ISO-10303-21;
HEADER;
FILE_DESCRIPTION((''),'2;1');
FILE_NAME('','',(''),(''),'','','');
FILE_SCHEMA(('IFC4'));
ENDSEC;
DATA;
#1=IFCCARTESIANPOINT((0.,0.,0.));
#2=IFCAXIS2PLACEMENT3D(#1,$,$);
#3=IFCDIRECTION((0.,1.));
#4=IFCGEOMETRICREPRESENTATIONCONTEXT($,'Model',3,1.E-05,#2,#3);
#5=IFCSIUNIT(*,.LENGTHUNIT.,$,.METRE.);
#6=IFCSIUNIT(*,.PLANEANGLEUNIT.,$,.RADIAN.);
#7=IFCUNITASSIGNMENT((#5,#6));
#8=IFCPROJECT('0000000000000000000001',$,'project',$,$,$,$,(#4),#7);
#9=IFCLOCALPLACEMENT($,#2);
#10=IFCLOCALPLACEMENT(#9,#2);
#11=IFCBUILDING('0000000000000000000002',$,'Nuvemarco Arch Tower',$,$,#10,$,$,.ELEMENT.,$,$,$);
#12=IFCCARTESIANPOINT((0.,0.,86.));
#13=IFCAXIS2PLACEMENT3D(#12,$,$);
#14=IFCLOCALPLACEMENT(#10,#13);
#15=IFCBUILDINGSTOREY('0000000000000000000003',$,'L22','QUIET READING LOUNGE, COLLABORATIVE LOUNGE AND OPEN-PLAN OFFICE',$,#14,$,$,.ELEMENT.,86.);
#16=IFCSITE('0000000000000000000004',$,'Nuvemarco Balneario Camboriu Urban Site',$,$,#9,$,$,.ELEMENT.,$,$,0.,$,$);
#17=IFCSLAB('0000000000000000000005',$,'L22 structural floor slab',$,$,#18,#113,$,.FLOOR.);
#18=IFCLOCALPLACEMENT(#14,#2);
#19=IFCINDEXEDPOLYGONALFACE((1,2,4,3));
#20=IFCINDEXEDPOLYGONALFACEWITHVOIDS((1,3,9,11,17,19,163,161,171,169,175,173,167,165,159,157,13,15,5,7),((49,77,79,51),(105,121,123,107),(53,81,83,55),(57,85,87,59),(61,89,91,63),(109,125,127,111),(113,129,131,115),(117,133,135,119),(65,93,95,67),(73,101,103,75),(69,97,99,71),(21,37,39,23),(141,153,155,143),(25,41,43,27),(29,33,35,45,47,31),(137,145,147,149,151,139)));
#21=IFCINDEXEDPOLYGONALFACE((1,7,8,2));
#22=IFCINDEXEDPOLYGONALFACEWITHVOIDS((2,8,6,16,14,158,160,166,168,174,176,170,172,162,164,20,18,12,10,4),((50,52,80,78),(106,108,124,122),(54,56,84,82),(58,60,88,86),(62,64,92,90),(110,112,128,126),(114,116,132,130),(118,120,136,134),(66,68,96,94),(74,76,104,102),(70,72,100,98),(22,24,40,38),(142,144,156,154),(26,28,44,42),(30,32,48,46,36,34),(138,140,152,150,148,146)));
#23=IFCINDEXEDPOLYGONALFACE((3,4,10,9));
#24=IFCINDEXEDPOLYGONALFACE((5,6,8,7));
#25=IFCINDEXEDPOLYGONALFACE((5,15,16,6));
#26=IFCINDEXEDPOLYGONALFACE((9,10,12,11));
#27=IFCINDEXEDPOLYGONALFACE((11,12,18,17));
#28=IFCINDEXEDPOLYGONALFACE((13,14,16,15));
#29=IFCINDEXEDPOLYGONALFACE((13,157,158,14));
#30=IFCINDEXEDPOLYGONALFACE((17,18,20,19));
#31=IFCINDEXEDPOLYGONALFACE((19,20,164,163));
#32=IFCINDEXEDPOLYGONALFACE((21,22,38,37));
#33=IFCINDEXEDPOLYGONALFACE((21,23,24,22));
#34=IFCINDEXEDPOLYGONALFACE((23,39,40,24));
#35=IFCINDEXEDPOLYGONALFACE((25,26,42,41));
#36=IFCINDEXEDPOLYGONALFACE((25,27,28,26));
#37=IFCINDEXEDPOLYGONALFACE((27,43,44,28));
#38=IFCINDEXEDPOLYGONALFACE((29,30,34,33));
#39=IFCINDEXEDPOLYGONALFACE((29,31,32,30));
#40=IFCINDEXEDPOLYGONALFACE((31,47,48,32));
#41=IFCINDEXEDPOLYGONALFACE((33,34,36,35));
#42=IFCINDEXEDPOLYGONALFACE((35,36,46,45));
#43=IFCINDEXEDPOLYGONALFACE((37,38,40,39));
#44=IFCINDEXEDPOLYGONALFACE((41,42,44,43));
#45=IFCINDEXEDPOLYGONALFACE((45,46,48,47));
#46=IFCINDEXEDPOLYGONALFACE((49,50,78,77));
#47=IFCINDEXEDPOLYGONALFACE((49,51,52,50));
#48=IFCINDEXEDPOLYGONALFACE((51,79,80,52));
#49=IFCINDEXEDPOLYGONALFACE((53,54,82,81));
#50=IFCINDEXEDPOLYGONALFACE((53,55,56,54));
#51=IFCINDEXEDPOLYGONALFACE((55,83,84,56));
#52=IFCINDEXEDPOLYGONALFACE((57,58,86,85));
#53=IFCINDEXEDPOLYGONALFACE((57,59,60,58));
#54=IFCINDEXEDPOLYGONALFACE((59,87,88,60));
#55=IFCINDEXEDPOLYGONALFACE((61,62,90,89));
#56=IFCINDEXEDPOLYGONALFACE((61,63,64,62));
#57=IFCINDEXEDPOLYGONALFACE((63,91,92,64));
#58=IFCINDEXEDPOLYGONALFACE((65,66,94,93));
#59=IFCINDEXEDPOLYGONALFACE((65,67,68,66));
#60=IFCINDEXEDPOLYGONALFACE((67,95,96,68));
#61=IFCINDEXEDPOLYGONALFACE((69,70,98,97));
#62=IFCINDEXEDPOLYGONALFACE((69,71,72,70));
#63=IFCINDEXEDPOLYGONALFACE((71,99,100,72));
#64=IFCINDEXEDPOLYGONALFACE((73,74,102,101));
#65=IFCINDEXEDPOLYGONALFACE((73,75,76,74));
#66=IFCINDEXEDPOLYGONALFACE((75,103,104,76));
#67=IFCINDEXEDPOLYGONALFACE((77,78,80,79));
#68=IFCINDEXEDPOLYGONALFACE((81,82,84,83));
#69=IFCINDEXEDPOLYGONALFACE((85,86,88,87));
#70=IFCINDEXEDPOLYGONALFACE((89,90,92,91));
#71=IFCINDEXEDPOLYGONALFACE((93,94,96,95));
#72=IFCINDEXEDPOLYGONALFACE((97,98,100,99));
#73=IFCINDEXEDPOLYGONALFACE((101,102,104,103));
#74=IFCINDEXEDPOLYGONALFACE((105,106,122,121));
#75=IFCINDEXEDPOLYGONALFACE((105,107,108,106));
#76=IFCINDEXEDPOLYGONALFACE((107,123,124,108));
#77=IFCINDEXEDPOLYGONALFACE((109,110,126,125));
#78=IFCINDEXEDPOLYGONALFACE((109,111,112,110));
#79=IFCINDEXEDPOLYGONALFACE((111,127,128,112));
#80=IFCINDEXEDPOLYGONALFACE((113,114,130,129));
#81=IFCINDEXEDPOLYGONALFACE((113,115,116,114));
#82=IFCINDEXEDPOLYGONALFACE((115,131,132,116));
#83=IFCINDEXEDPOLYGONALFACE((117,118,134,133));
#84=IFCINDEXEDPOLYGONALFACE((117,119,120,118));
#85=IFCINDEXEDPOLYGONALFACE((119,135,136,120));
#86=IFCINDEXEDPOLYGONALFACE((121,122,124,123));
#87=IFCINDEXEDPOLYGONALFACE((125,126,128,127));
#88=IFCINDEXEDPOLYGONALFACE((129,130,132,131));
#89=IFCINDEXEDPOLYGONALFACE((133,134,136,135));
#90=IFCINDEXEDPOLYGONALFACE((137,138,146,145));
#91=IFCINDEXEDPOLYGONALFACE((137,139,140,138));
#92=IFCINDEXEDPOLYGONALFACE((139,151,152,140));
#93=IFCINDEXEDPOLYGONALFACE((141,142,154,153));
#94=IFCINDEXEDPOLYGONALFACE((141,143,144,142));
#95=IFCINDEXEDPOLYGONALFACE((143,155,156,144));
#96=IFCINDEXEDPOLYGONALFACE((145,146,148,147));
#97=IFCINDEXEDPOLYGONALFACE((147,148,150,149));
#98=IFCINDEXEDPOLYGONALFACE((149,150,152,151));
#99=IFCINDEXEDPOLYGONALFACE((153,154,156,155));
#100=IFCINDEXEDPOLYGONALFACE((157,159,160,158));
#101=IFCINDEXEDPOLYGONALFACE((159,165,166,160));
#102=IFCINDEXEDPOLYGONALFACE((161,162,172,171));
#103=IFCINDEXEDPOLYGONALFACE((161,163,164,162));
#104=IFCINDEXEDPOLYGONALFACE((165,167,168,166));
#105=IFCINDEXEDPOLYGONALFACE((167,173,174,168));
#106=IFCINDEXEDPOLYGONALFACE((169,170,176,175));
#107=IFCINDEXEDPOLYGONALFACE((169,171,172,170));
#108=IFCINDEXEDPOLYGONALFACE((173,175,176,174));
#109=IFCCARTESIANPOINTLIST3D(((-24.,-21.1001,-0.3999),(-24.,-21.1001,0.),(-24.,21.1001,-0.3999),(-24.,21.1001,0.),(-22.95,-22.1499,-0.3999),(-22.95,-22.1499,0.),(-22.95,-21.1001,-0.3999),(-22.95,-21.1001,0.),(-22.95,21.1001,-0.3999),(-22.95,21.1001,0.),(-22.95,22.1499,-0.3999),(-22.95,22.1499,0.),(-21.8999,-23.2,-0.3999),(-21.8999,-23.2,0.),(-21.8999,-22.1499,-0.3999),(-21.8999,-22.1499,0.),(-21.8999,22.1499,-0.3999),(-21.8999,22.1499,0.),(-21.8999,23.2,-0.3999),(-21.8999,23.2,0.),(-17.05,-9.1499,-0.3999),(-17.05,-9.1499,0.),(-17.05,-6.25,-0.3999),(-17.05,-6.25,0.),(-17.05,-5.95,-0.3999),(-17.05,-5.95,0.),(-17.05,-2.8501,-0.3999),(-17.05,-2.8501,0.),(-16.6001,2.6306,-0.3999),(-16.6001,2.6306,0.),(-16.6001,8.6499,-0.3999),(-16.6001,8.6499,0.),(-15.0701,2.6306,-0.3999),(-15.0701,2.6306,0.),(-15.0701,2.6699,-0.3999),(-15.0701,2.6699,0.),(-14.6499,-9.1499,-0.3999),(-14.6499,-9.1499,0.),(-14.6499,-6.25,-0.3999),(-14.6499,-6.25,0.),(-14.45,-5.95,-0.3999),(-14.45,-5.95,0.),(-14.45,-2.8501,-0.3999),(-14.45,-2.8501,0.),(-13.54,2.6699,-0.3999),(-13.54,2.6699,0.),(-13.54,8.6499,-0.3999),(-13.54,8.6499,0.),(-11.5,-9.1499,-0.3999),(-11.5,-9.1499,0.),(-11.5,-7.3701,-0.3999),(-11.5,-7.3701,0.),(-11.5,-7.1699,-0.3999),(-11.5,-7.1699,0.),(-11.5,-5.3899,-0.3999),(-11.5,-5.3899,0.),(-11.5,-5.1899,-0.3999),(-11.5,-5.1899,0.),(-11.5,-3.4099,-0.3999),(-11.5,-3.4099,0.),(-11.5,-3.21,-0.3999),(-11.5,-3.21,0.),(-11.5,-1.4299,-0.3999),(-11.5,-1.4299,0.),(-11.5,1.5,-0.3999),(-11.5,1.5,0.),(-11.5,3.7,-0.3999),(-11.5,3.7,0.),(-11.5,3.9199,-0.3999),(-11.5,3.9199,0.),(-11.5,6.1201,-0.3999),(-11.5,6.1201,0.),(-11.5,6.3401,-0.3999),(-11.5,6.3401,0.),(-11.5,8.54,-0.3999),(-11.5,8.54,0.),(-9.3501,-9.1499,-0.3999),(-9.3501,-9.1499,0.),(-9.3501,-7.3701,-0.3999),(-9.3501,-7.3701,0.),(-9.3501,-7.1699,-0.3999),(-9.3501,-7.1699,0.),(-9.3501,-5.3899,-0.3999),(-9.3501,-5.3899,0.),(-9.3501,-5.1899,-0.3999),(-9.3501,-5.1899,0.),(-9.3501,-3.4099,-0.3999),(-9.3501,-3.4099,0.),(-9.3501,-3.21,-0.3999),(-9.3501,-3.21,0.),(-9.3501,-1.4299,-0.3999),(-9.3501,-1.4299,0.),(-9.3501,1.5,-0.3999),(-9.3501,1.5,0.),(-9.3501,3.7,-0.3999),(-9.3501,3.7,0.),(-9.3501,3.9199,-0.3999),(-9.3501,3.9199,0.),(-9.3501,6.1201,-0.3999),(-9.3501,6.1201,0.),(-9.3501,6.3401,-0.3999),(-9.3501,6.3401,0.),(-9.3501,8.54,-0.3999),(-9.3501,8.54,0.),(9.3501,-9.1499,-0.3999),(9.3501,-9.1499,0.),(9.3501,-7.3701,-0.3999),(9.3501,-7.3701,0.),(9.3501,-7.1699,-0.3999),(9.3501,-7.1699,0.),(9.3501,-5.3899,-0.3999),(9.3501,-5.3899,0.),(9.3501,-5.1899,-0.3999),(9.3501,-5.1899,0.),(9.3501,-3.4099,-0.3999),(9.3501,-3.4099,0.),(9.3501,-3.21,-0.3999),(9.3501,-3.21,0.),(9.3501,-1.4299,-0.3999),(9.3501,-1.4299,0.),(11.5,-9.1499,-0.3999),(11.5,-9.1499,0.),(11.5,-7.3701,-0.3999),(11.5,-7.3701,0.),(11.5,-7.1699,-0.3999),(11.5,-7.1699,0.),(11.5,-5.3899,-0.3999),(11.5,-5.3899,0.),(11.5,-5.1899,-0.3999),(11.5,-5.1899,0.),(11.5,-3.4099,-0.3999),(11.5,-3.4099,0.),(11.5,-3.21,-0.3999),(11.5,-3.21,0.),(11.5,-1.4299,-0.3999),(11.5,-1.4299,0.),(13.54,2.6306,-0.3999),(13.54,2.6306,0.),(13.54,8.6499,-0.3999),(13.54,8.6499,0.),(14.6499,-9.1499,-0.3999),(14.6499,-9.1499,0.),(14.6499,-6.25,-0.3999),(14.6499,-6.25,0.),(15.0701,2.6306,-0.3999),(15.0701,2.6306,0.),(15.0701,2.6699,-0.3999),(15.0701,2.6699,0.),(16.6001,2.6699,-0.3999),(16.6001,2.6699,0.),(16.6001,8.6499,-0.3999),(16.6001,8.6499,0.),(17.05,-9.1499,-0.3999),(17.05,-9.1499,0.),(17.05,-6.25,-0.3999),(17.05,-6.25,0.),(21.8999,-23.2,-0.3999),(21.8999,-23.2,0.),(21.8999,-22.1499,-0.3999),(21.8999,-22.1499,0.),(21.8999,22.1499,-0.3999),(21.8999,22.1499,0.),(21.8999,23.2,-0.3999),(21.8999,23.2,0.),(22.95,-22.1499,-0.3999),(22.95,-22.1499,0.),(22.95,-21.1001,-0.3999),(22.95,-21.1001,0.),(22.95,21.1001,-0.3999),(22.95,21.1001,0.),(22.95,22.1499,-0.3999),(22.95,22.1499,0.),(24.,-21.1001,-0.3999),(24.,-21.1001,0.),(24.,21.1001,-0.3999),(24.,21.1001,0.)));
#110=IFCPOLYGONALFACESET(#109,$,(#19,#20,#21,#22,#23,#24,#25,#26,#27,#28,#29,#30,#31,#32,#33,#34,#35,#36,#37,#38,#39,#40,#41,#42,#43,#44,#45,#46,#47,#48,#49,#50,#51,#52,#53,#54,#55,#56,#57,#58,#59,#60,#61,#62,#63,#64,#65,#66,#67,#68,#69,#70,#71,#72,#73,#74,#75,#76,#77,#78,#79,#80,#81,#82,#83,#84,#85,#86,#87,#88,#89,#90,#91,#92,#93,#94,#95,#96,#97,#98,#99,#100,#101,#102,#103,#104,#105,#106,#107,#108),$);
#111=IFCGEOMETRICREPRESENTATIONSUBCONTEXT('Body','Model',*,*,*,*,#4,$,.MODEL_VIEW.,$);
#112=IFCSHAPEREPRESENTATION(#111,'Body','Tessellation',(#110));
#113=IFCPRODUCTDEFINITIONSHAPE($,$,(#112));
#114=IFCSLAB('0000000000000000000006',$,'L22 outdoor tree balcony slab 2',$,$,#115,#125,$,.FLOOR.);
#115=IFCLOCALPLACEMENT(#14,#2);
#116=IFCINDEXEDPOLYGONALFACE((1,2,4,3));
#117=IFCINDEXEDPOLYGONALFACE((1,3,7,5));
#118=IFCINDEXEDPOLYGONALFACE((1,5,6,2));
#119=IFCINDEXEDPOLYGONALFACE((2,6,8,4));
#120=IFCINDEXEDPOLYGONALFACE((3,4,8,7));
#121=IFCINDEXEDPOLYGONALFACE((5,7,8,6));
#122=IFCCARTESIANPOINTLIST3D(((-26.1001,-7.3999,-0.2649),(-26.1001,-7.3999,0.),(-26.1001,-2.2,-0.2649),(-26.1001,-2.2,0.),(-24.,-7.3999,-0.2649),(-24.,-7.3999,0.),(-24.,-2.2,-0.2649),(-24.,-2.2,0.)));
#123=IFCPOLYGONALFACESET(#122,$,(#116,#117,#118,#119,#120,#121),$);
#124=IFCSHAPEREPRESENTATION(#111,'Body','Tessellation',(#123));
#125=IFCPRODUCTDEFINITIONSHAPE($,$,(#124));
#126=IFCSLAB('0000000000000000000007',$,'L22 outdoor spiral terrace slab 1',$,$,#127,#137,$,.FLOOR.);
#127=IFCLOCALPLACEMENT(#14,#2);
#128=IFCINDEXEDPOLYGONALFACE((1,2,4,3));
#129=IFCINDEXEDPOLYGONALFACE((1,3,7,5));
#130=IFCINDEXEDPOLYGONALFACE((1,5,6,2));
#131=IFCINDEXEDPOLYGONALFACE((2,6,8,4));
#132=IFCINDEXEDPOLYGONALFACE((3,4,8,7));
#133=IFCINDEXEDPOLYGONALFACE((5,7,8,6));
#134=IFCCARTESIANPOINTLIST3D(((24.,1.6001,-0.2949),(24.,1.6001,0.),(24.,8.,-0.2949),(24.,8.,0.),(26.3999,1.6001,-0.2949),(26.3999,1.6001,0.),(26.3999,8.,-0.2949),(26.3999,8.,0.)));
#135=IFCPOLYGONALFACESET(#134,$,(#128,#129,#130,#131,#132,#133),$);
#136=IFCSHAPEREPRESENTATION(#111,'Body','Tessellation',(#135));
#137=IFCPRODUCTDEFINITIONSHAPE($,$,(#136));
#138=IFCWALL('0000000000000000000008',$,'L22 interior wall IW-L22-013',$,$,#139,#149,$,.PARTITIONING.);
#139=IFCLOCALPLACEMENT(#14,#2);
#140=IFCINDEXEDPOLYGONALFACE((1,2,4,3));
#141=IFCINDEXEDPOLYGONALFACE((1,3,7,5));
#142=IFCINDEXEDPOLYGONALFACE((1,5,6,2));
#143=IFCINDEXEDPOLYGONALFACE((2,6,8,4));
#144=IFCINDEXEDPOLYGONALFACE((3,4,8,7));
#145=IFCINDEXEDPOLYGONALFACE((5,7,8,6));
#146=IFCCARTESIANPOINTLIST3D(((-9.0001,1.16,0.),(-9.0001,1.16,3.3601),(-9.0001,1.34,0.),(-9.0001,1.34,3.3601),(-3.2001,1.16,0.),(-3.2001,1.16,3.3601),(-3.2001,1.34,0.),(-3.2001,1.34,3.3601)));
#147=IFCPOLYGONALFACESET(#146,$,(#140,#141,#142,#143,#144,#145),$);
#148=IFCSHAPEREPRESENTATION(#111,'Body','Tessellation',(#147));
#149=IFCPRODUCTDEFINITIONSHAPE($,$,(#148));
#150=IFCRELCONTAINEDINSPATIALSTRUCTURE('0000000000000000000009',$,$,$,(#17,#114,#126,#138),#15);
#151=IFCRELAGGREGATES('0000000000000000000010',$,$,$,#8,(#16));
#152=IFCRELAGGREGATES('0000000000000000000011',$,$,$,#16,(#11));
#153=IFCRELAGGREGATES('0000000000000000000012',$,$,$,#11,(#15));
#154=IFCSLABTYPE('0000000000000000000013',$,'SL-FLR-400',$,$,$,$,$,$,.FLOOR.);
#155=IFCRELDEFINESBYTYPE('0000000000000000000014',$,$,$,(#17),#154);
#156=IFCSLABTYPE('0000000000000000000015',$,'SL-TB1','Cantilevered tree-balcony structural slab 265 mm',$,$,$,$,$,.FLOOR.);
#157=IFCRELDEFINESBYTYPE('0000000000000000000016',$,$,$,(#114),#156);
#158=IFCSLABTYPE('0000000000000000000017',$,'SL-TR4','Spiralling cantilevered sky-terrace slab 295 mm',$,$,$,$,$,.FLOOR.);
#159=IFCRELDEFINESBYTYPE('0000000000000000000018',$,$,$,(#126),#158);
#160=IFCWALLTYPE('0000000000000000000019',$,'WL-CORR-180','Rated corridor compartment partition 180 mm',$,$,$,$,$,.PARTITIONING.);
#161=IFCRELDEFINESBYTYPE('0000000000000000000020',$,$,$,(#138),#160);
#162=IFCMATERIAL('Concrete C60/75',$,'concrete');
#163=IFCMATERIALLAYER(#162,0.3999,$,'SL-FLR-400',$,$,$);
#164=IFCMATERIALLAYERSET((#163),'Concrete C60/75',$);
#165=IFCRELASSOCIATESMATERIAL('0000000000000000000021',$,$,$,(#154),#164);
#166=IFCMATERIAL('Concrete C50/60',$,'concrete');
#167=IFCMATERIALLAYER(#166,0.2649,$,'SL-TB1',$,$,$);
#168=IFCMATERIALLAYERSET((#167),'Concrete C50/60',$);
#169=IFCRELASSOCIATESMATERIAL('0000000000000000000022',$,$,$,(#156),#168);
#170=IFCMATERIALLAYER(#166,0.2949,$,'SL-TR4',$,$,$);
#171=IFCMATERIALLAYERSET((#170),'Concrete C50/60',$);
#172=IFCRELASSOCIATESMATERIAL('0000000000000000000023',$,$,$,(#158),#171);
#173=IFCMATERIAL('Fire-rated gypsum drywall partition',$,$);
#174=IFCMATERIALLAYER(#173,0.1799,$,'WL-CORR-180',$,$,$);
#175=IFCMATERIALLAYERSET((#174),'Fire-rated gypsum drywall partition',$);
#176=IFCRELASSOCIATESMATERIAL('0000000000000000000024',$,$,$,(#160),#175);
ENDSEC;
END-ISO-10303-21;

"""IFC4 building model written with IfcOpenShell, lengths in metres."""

from ifc_helpers import new_model, si_unit, direction, frame, frame_2d, origin, place, context, subcontext, project, spatial, polyline, rectangle, outline, extrude, material, layer, layer_set, type_object, element, save


model = new_model("IFC4")

# Units and contexts
model_context = context("Model", 3, precision=1e-05, world=origin(), true_north=direction((0.0, 1.0)))
body_context = subcontext(model_context, "Body", "Model", "MODEL_VIEW")
ifc_project = project(units=[si_unit("LENGTHUNIT", "METRE"), si_unit("PLANEANGLEUNIT", "RADIAN")], contexts=[model_context])

# Site, building, storey
site_placement = place(None, origin())
site = spatial("IfcSite", under=ifc_project, at=site_placement, Name="Nuvemarco Balneario Camboriu Urban Site", CompositionType="ELEMENT", RefElevation=0.0)
building_placement = place(site_placement, origin())
building = spatial("IfcBuilding", under=site, at=building_placement, Name="Nuvemarco Arch Tower", CompositionType="ELEMENT")
storey_placement = place(building_placement, frame((0.0, 0.0, 86.0)))
storey = spatial("IfcBuildingStorey", under=building, at=storey_placement, Name="L22", Description="QUIET READING LOUNGE, COLLABORATIVE LOUNGE AND OPEN-PLAN OFFICE", CompositionType="ELEMENT", Elevation=86.0)

# Shared definitions
ifc_material_1 = material(Name="Concrete C60/75", Category="concrete")

# Slabs
ifc_layer_1 = layer(ifc_material_1, 0.3999, Name="SL-FLR-400")
ifc_layer_set_1 = layer_set([ifc_layer_1], Name="Concrete C60/75")
slab_type_1 = type_object("IfcSlabType", Name="SL-FLR-400", PredefinedType="FLOOR", material=ifc_layer_set_1)
slab_1_placement = place(storey_placement, frame((0.0, 0.0, -0.3999)))
element("IfcSlab", 1, at=slab_1_placement, inside=storey, type_object=slab_type_1, Name="L22 structural floor slab", PredefinedType="FLOOR", context=body_context, shape_type="SweptSolid", body=[
    extrude(outline(polyline([(-21.8999, -23.2), (21.8999, -23.2), (21.8999, -22.1499), (22.95, -22.1499), (22.95, -21.1001), (24.0, -21.1001), (24.0, 21.1001), (22.95, 21.1001), (22.95, 22.1499), (21.8999, 22.1499), (21.8999, 23.2), (-21.8999, 23.2), (-21.8999, 22.1499), (-22.95, 22.1499), (-22.95, 21.1001), (-24.0, 21.1001), (-24.0, -21.1001), (-22.95, -21.1001), (-22.95, -22.1499), (-21.8999, -22.1499), (-21.8999, -23.2)]), holes=[polyline([(-13.54, 2.6699), (-13.54, 8.6499), (-16.6001, 8.6499), (-16.6001, 2.6306), (-15.0701, 2.6306), (-15.0701, 2.6699), (-13.54, 2.6699)]), polyline([(16.6001, 2.6699), (16.6001, 8.6499), (13.54, 8.6499), (13.54, 2.6306), (15.0701, 2.6306), (15.0701, 2.6699), (16.6001, 2.6699)]), polyline([(-17.05, -9.1499), (-14.6499, -9.1499), (-14.6499, -6.25), (-17.05, -6.25), (-17.05, -9.1499)]), polyline([(-17.05, -5.95), (-14.45, -5.95), (-14.45, -2.8501), (-17.05, -2.8501), (-17.05, -5.95)]), polyline([(-11.5, -9.1499), (-9.3501, -9.1499), (-9.3501, -7.3701), (-11.5, -7.3701), (-11.5, -9.1499)]), polyline([(-11.5, -7.1699), (-9.3501, -7.1699), (-9.3501, -5.3899), (-11.5, -5.3899), (-11.5, -7.1699)]), polyline([(-11.5, -5.1899), (-9.3501, -5.1899), (-9.3501, -3.4099), (-11.5, -3.4099), (-11.5, -5.1899)]), polyline([(-11.5, -3.21), (-9.3501, -3.21), (-9.3501, -1.4299), (-11.5, -1.4299), (-11.5, -3.21)]), polyline([(-11.5, 1.5), (-9.3501, 1.5), (-9.3501, 3.7), (-11.5, 3.7), (-11.5, 1.5)]), polyline([(-11.5, 3.9199), (-9.3501, 3.9199), (-9.3501, 6.1201), (-11.5, 6.1201), (-11.5, 3.9199)]), polyline([(-11.5, 6.3401), (-9.3501, 6.3401), (-9.3501, 8.54), (-11.5, 8.54), (-11.5, 6.3401)]), polyline([(14.6499, -9.1499), (17.05, -9.1499), (17.05, -6.25), (14.6499, -6.25), (14.6499, -9.1499)]), polyline([(9.3501, -9.1499), (11.5, -9.1499), (11.5, -7.3701), (9.3501, -7.3701), (9.3501, -9.1499)]), polyline([(9.3501, -7.1699), (11.5, -7.1699), (11.5, -5.3899), (9.3501, -5.3899), (9.3501, -7.1699)]), polyline([(9.3501, -5.1899), (11.5, -5.1899), (11.5, -3.4099), (9.3501, -3.4099), (9.3501, -5.1899)]), polyline([(9.3501, -3.21), (11.5, -3.21), (11.5, -1.4299), (9.3501, -1.4299), (9.3501, -3.21)])]), origin(), (0.0, 0.0, 1.0), 0.3999),
])
ifc_material_2 = material(Name="Concrete C50/60", Category="concrete")
ifc_layer_2 = layer(ifc_material_2, 0.2649, Name="SL-TB1")
ifc_layer_set_2 = layer_set([ifc_layer_2], Name="Concrete C50/60")
slab_type_2 = type_object("IfcSlabType", Name="SL-TB1", Description="Cantilevered tree-balcony structural slab 265 mm", PredefinedType="FLOOR", material=ifc_layer_set_2)
slab_2_placement = place(storey_placement, frame((0.0, 0.0, -0.2649)))
element("IfcSlab", 2, at=slab_2_placement, inside=storey, type_object=slab_type_2, Name="L22 outdoor tree balcony slab 2", PredefinedType="FLOOR", context=body_context, shape_type="SweptSolid", body=[
    extrude(outline(polyline([(-26.1001, -7.3999), (-24.0, -7.3999), (-24.0, -2.2), (-26.1001, -2.2), (-26.1001, -7.3999)])), origin(), (0.0, 0.0, 1.0), 0.2649),
])
ifc_layer_3 = layer(ifc_material_2, 0.2949, Name="SL-TR4")
ifc_layer_set_3 = layer_set([ifc_layer_3], Name="Concrete C50/60")
slab_type_3 = type_object("IfcSlabType", Name="SL-TR4", Description="Spiralling cantilevered sky-terrace slab 295 mm", PredefinedType="FLOOR", material=ifc_layer_set_3)
slab_3_placement = place(storey_placement, frame((0.0, 0.0, -0.2949)))
element("IfcSlab", 3, at=slab_3_placement, inside=storey, type_object=slab_type_3, Name="L22 outdoor spiral terrace slab 1", PredefinedType="FLOOR", context=body_context, shape_type="SweptSolid", body=[
    extrude(outline(polyline([(24.0, 1.6001), (26.3999, 1.6001), (26.3999, 8.0), (24.0, 8.0), (24.0, 1.6001)])), origin(), (0.0, 0.0, 1.0), 0.2949),
])

# Wall
ifc_material_3 = material(Name="Fire-rated gypsum drywall partition")
ifc_layer_4 = layer(ifc_material_3, 0.1799, Name="WL-CORR-180")
ifc_layer_set_4 = layer_set([ifc_layer_4], Name="Fire-rated gypsum drywall partition")
wall_type_1 = type_object("IfcWallType", Name="WL-CORR-180", Description="Rated corridor compartment partition 180 mm", PredefinedType="PARTITIONING", material=ifc_layer_set_4)
wall_1_placement = place(storey_placement, frame((-9.0, 1.25, 0.0), z_axis=(0.0, 0.0, 1.0), x_axis=(1.0, 0.0, 0.0)))
element("IfcWall", 4, at=wall_1_placement, inside=storey, type_object=wall_type_1, Name="L22 interior wall IW-L22-013", PredefinedType="PARTITIONING", context=body_context, shape_type="SweptSolid", body=[
    extrude(rectangle(XDim=5.8, YDim=0.1799, at=frame_2d((2.8999, 0.0))), origin(), (0.0, 0.0, 1.0), 3.3601),
])

save(model, "model.ifc")
